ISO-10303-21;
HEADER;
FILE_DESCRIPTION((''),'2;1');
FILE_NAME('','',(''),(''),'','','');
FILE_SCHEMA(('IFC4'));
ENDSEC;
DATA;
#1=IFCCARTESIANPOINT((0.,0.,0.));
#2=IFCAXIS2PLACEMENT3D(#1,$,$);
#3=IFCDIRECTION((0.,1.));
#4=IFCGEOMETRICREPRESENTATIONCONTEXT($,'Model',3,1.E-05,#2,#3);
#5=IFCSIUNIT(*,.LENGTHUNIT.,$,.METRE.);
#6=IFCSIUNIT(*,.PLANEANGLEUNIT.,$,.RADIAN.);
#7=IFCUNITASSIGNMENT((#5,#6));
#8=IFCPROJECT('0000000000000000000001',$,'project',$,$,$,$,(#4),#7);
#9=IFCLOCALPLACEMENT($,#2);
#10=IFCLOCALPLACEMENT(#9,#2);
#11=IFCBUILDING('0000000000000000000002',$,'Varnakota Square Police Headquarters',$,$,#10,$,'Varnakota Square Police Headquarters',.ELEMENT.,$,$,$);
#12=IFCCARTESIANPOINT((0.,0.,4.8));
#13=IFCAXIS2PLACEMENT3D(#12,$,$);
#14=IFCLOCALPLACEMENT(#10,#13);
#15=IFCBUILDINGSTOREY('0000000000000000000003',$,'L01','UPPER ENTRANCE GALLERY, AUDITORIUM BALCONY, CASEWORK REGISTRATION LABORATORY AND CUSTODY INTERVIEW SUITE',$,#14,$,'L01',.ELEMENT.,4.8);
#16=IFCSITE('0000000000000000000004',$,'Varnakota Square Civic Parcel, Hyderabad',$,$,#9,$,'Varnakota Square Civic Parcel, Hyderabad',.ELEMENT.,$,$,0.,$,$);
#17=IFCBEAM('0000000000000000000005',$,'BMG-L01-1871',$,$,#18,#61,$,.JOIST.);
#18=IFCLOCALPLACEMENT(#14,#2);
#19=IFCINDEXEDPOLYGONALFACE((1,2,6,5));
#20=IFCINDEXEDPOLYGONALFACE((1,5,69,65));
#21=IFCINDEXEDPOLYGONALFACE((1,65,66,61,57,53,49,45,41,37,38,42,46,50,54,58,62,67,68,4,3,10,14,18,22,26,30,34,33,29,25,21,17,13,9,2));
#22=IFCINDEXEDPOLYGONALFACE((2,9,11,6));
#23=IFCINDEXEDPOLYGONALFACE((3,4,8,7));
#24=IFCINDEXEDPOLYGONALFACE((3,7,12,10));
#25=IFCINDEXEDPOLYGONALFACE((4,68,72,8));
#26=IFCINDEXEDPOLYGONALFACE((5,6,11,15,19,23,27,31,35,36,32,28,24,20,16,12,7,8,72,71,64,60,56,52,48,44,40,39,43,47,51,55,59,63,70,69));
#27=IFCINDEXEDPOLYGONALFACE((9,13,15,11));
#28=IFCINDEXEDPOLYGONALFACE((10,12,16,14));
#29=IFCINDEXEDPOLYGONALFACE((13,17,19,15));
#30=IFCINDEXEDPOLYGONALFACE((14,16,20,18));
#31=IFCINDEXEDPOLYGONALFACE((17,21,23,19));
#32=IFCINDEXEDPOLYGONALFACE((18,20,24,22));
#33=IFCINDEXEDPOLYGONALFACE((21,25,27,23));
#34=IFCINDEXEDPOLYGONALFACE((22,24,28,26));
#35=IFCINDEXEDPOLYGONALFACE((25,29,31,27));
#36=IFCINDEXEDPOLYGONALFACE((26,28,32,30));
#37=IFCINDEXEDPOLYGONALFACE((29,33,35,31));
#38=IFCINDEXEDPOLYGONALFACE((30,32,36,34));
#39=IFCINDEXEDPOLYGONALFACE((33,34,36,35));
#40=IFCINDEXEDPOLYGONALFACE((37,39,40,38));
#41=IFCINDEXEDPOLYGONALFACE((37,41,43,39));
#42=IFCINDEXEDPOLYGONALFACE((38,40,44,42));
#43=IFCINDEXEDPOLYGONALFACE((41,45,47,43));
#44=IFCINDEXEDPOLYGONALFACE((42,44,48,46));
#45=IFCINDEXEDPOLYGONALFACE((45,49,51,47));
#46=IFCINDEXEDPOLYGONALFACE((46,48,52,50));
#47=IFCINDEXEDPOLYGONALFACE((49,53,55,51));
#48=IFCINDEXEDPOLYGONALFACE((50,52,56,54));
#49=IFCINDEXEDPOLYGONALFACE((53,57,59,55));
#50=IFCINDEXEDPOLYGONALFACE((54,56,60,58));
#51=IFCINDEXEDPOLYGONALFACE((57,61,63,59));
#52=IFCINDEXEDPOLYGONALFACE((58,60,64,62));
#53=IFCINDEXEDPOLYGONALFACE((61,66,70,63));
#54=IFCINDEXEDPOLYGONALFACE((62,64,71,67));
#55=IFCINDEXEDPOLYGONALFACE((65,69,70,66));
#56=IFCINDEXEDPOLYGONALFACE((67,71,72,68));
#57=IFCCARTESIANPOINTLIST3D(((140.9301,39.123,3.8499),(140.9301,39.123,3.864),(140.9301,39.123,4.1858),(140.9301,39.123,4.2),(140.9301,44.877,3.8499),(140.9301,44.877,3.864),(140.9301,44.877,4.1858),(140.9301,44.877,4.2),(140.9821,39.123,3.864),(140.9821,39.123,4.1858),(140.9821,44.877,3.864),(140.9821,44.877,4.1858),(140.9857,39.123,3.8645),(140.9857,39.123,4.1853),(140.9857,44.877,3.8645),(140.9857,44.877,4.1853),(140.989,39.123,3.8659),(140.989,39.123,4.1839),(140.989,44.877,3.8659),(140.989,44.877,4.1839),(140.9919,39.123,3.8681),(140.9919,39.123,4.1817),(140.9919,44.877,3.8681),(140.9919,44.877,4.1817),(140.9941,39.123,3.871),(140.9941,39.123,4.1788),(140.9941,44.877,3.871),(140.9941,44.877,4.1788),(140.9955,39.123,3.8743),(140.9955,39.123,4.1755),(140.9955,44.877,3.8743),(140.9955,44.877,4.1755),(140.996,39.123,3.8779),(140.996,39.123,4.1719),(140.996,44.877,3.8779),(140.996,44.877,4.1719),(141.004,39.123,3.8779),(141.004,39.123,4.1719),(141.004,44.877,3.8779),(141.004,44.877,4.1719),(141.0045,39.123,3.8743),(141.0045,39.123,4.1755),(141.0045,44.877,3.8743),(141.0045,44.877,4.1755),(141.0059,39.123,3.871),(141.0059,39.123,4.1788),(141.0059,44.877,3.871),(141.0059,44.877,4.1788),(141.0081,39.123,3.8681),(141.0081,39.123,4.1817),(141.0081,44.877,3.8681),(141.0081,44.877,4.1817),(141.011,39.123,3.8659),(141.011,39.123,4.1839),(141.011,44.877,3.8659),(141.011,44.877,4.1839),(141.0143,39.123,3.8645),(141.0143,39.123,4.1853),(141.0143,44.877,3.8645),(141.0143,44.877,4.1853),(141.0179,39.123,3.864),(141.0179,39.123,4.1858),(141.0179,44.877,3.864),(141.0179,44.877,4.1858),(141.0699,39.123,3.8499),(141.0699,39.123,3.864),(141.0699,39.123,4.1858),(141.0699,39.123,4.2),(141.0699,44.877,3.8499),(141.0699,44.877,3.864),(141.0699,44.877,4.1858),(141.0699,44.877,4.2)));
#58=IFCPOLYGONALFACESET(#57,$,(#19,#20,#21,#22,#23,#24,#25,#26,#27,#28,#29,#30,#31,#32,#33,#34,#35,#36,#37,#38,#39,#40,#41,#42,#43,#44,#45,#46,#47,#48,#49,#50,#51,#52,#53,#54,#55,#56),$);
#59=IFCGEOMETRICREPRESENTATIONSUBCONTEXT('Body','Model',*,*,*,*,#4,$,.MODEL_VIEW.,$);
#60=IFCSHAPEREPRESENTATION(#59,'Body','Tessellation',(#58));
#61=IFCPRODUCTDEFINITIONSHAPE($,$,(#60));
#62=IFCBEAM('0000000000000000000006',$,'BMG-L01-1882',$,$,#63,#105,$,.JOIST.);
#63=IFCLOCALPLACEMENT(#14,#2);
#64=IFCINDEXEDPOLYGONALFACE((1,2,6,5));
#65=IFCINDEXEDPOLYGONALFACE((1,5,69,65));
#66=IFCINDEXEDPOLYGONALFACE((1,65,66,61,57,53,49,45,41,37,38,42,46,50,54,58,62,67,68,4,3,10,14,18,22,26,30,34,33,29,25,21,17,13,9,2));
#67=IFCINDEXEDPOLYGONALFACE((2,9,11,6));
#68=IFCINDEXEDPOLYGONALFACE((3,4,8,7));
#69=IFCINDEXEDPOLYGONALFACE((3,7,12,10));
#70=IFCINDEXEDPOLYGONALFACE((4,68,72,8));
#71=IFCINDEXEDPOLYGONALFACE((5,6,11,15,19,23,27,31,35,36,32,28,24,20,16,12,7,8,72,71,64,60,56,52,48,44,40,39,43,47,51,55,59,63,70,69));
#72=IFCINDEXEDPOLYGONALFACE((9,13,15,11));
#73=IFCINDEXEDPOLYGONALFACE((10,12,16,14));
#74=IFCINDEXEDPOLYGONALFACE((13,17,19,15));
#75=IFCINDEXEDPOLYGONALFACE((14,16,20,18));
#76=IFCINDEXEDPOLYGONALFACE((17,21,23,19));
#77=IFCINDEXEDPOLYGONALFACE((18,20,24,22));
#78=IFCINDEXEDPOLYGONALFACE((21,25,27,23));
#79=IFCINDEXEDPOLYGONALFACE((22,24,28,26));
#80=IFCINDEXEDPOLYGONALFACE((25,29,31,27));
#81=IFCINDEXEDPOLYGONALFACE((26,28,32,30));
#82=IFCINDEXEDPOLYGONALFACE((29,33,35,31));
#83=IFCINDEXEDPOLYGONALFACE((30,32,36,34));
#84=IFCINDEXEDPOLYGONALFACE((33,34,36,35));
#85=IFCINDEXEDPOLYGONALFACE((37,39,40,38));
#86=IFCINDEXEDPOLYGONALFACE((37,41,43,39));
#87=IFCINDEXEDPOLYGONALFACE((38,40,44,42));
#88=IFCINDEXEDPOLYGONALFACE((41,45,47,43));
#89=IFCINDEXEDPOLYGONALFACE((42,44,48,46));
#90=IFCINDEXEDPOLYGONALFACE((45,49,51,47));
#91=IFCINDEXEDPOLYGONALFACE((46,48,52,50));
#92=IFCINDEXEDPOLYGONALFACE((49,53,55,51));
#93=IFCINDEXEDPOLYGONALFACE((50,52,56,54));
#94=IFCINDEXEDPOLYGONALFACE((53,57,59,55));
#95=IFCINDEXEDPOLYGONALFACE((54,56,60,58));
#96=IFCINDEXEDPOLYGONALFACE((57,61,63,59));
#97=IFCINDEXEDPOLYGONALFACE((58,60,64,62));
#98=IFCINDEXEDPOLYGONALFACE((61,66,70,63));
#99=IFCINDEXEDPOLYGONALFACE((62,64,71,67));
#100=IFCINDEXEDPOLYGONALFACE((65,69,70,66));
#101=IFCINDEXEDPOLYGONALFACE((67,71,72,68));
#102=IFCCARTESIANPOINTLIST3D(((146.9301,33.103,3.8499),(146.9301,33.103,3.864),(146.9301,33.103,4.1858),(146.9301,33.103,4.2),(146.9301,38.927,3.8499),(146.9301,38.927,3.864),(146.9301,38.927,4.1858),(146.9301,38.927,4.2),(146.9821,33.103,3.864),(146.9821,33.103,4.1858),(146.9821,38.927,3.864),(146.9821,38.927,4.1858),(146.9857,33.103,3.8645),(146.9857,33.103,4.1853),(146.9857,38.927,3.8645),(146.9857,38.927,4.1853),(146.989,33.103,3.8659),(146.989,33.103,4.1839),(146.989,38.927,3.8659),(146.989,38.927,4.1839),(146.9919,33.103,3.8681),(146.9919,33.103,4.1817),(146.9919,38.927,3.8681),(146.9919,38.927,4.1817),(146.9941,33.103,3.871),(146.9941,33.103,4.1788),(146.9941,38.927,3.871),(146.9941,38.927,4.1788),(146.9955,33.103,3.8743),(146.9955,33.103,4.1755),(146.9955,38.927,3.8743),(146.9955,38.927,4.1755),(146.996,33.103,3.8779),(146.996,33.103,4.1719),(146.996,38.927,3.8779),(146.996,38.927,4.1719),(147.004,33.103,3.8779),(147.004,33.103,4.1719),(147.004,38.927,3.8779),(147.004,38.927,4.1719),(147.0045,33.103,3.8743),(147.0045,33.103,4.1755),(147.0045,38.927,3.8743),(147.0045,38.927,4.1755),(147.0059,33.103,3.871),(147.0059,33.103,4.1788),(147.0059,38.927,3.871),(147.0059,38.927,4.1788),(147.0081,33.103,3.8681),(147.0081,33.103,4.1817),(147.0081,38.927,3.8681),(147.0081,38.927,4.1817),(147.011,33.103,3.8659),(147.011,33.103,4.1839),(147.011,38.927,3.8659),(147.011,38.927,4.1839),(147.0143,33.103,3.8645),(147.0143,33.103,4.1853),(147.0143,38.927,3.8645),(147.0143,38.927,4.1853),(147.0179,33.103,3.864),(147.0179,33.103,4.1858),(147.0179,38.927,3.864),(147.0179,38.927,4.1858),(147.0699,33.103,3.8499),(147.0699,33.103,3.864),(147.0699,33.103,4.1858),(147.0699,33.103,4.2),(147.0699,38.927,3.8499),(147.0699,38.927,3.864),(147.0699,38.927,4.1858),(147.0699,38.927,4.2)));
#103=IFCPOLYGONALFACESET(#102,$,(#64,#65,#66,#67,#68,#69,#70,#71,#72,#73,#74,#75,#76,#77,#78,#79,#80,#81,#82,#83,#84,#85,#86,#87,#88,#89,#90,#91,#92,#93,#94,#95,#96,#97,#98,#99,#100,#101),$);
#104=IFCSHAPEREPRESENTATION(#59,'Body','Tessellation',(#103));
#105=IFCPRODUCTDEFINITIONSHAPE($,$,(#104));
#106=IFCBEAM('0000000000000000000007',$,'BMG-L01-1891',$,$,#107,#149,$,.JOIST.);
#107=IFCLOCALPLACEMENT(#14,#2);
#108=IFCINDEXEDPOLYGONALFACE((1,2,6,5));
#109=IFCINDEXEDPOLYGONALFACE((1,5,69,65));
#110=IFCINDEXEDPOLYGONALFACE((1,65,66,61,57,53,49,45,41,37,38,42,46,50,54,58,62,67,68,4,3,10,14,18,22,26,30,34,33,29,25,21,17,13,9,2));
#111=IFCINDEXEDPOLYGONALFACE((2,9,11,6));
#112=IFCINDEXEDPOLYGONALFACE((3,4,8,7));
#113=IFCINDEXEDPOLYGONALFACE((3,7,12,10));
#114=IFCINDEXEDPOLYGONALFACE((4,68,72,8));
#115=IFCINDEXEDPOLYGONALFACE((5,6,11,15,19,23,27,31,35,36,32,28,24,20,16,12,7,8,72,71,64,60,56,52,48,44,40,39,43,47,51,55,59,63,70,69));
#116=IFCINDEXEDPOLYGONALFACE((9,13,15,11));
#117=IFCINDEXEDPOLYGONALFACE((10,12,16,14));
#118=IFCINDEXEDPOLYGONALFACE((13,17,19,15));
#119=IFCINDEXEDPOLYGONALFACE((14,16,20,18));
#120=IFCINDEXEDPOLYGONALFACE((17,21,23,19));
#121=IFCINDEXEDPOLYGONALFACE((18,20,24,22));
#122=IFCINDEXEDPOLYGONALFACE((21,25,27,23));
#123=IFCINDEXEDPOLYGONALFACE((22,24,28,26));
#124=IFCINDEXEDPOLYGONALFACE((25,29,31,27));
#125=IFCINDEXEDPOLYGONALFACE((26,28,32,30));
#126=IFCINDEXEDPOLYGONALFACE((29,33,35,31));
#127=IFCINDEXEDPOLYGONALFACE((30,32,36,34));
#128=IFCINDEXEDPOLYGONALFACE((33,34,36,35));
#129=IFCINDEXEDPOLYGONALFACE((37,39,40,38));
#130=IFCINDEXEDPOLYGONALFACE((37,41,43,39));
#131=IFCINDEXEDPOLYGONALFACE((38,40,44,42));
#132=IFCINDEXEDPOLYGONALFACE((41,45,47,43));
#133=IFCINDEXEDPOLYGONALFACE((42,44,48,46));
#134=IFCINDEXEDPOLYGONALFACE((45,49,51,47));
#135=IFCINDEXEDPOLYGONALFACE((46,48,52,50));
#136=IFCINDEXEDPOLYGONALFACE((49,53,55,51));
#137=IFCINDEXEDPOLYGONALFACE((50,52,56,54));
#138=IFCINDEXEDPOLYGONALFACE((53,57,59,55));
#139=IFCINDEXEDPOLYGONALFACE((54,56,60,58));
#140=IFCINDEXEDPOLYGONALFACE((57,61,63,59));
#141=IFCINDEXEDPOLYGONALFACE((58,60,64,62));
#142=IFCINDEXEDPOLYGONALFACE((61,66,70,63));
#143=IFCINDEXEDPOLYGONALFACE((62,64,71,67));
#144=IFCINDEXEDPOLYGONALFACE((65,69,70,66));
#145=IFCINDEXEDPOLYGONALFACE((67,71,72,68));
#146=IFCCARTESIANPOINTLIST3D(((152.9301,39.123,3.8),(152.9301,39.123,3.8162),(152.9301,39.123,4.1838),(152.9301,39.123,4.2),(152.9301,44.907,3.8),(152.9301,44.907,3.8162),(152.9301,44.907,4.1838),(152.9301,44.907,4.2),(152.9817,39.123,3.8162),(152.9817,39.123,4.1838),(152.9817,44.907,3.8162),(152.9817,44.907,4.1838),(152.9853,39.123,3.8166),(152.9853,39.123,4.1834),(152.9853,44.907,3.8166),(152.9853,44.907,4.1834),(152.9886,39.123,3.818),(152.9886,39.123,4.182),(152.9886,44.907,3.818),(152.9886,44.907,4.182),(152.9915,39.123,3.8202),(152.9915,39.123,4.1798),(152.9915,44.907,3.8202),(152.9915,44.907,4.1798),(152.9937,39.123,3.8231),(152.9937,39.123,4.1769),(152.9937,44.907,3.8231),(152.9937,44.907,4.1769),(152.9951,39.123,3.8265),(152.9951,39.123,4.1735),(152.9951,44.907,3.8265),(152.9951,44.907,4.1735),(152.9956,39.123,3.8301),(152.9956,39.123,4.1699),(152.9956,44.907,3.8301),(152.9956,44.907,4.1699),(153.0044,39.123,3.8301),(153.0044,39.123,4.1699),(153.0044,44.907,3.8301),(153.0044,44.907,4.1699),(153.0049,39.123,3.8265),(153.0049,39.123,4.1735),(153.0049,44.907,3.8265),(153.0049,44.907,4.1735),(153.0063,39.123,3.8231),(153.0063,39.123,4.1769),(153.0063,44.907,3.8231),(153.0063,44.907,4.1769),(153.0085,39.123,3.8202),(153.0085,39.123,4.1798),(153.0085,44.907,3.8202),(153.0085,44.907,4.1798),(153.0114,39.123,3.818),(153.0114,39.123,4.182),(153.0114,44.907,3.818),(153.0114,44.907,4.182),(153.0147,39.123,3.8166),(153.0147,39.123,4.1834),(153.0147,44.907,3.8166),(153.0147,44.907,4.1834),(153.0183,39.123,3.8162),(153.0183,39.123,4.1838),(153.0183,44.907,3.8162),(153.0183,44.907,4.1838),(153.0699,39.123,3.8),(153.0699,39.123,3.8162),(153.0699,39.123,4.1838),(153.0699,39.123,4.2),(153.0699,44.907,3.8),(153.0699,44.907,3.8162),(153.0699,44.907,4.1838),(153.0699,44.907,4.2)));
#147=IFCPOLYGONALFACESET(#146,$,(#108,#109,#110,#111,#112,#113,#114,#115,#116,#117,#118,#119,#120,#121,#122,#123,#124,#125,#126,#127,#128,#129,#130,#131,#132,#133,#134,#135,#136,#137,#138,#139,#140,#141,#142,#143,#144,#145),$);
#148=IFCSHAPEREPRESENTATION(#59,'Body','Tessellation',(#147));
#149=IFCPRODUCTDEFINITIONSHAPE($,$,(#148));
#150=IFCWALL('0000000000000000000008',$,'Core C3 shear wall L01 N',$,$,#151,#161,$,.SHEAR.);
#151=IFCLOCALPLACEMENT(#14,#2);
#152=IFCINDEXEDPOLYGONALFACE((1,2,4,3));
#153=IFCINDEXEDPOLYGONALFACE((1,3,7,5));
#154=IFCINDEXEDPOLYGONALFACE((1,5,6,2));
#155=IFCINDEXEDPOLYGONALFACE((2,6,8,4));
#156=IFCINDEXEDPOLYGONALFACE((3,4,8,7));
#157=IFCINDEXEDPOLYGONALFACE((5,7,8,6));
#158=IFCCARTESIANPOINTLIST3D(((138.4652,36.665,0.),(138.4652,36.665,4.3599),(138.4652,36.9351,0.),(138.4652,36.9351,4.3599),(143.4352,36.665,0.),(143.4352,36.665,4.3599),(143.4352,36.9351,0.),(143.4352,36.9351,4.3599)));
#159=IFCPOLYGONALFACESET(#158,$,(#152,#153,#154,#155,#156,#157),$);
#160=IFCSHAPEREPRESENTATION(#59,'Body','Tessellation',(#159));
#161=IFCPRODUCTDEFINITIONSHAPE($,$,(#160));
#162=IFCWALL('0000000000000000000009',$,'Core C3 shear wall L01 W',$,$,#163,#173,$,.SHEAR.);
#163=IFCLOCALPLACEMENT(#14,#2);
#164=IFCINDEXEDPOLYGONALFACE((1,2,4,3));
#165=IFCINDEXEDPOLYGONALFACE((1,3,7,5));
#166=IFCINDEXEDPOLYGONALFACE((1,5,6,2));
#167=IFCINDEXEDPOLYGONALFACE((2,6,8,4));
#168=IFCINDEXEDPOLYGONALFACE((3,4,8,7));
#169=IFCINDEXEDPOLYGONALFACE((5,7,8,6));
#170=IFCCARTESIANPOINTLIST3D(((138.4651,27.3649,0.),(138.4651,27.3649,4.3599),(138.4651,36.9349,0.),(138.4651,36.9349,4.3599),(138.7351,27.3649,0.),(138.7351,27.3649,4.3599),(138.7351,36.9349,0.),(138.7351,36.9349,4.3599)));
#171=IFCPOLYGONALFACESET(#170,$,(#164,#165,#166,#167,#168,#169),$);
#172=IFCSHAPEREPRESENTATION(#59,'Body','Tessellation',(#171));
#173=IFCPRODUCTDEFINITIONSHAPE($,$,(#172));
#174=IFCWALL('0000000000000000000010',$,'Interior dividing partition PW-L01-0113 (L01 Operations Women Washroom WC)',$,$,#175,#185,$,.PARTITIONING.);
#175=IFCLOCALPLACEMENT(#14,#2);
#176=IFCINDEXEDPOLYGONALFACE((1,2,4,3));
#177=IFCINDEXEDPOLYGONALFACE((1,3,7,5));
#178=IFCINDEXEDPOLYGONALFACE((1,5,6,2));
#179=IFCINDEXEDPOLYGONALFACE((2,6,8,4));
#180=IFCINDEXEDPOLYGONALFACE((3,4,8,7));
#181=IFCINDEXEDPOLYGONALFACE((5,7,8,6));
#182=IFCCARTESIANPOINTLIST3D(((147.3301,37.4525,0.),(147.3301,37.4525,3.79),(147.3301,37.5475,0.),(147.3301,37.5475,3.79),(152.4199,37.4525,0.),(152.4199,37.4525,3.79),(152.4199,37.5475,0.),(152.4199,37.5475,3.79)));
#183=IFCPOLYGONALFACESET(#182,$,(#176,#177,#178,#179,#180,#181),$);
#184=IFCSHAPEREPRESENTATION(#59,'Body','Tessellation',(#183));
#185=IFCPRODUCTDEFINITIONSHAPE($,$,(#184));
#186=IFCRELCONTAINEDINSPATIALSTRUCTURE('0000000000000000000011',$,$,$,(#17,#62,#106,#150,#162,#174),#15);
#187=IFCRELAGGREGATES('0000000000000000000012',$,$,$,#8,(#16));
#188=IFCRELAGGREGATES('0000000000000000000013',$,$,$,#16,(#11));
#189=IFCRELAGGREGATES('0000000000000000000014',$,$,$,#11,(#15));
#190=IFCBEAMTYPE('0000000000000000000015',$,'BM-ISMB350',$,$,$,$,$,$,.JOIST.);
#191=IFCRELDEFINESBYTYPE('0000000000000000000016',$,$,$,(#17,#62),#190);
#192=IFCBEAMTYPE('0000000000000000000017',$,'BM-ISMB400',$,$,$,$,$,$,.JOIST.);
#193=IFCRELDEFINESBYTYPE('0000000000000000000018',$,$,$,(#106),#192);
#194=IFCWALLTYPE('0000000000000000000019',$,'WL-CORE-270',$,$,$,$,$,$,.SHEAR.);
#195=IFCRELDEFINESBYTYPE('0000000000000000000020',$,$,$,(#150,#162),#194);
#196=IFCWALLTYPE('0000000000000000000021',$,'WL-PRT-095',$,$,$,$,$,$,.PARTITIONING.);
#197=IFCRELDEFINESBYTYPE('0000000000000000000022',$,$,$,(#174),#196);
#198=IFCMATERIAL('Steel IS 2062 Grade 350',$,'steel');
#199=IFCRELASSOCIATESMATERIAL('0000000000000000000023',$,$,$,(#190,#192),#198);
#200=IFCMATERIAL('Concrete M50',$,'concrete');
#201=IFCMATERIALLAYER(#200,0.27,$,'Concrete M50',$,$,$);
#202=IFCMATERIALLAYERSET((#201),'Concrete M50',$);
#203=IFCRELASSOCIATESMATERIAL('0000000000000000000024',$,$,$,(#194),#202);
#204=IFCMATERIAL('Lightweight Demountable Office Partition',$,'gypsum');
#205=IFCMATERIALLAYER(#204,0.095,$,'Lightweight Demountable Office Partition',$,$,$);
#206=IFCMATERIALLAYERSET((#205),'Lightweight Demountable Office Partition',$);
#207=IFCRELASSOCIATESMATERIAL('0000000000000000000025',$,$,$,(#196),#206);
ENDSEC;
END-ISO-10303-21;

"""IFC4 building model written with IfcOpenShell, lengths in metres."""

from ifc_helpers import new_model, si_unit, direction, frame, frame_2d, origin, origin_2d, place, context, subcontext, project, spatial, rectangle, i_section, extrude, material, layer, layer_set, material_profile, profile_set, type_object, element, save


model = new_model("IFC4")

# Units and contexts
model_context = context("Model", 3, precision=1e-05, world=origin(), true_north=direction((0.0, 1.0)))
body_context = subcontext(model_context, "Body", "Model", "MODEL_VIEW")
ifc_project = project(units=[si_unit("LENGTHUNIT", "METRE"), si_unit("PLANEANGLEUNIT", "RADIAN")], contexts=[model_context])

# Site, building, storey
site_placement = place(None, origin())
site = spatial("IfcSite", under=ifc_project, at=site_placement, Name="Varnakota Square Civic Parcel, Hyderabad", LongName="Varnakota Square Civic Parcel, Hyderabad", CompositionType="ELEMENT", RefElevation=0.0)
building_placement = place(site_placement, origin())
building = spatial("IfcBuilding", under=site, at=building_placement, Name="Varnakota Square Police Headquarters", LongName="Varnakota Square Police Headquarters", CompositionType="ELEMENT")
storey_placement = place(building_placement, frame((0.0, 0.0, 4.8)))
storey = spatial("IfcBuildingStorey", under=building, at=storey_placement, Name="L01", Description="UPPER ENTRANCE GALLERY, AUDITORIUM BALCONY, CASEWORK REGISTRATION LABORATORY AND CUSTODY INTERVIEW SUITE", LongName="L01", CompositionType="ELEMENT", Elevation=4.8)

# Shared definitions
ifc_material_1 = material(Name="Steel IS 2062 Grade 350", Category="steel")

# Beams
ifc_material_profile_1 = material_profile(ifc_material_1, i_section(OverallWidth=0.1399, OverallDepth=0.3501, WebThickness=0.0081, FlangeThickness=0.0142, FilletRadius=0.0139, at=origin_2d()), Name="ISMB 350")
ifc_profile_set_1 = profile_set([ifc_material_profile_1], Name="Steel IS 2062 Grade 350")
beam_type_1 = type_object("IfcBeamType", Name="BM-ISMB350", PredefinedType="JOIST", material=ifc_profile_set_1)
beam_1_placement = place(storey_placement, frame((141.0, 39.123, 4.0249), z_axis=(0.0, 1.0, 0.0), x_axis=(-1.0, 0.0, 0.0)))
element("IfcBeam", 1, at=beam_1_placement, inside=storey, type_object=beam_type_1, Name="BMG-L01-1871", PredefinedType="JOIST", context=body_context, shape_type="SweptSolid", body=[
    extrude(i_section(OverallWidth=0.1399, OverallDepth=0.3501, WebThickness=0.0081, FlangeThickness=0.0142, FilletRadius=0.0139, at=origin_2d()), origin(), (0.0, 0.0, 1.0), 5.7539),
])
beam_2_placement = place(storey_placement, frame((147.0, 33.103, 4.0249), z_axis=(0.0, 1.0, 0.0), x_axis=(-1.0, 0.0, 0.0)))
element("IfcBeam", 2, at=beam_2_placement, inside=storey, type_object=beam_type_1, Name="BMG-L01-1882", PredefinedType="JOIST", context=body_context, shape_type="SweptSolid", body=[
    extrude(i_section(OverallWidth=0.1399, OverallDepth=0.3501, WebThickness=0.0081, FlangeThickness=0.0142, FilletRadius=0.0139, at=origin_2d()), origin(), (0.0, 0.0, 1.0), 5.824),
])
ifc_material_profile_2 = material_profile(ifc_material_1, i_section(OverallWidth=0.1399, OverallDepth=0.3999, WebThickness=0.0088, FlangeThickness=0.0161, FilletRadius=0.0139, at=origin_2d()), Name="ISMB 400")
ifc_profile_set_2 = profile_set([ifc_material_profile_2], Name="Steel IS 2062 Grade 350")
beam_type_2 = type_object("IfcBeamType", Name="BM-ISMB400", PredefinedType="JOIST", material=ifc_profile_set_2)
beam_3_placement = place(storey_placement, frame((153.0, 39.123, 4.0), z_axis=(0.0, 1.0, 0.0), x_axis=(-1.0, 0.0, 0.0)))
element("IfcBeam", 3, at=beam_3_placement, inside=storey, type_object=beam_type_2, Name="BMG-L01-1891", PredefinedType="JOIST", context=body_context, shape_type="SweptSolid", body=[
    extrude(i_section(OverallWidth=0.1399, OverallDepth=0.3999, WebThickness=0.0088, FlangeThickness=0.0161, FilletRadius=0.0139, at=origin_2d()), origin(), (0.0, 0.0, 1.0), 5.7839),
])

# Walls
ifc_material_2 = material(Name="Concrete M50", Category="concrete")
ifc_layer_1 = layer(ifc_material_2, 0.27, Name="Concrete M50")
ifc_layer_set_1 = layer_set([ifc_layer_1], Name="Concrete M50")
wall_type_1 = type_object("IfcWallType", Name="WL-CORE-270", PredefinedType="SHEAR", material=ifc_layer_set_1)
wall_1_placement = place(storey_placement, frame((143.4351, 36.8, 0.0), z_axis=(0.0, 0.0, 1.0), x_axis=(-1.0, 0.0, 0.0)))
element("IfcWall", 4, at=wall_1_placement, inside=storey, type_object=wall_type_1, Name="Core C3 shear wall L01 N", PredefinedType="SHEAR", context=body_context, shape_type="SweptSolid", body=[
    extrude(rectangle(XDim=4.97, YDim=0.27, at=frame_2d((2.4849, 0.0))), origin(), (0.0, 0.0, 1.0), 4.3599),
])
wall_2_placement = place(storey_placement, frame((138.6001, 36.9351, 0.0), z_axis=(0.0, 0.0, 1.0), x_axis=(0.0, -1.0, 0.0)))
element("IfcWall", 5, at=wall_2_placement, inside=storey, type_object=wall_type_1, Name="Core C3 shear wall L01 W", PredefinedType="SHEAR", context=body_context, shape_type="SweptSolid", body=[
    extrude(rectangle(XDim=9.5701, YDim=0.27, at=frame_2d((4.7852, 0.0))), origin(), (0.0, 0.0, 1.0), 4.3599),
])
ifc_material_3 = material(Name="Lightweight Demountable Office Partition", Category="gypsum")
ifc_layer_2 = layer(ifc_material_3, 0.095, Name="Lightweight Demountable Office Partition")
ifc_layer_set_2 = layer_set([ifc_layer_2], Name="Lightweight Demountable Office Partition")
wall_type_2 = type_object("IfcWallType", Name="WL-PRT-095", PredefinedType="PARTITIONING", material=ifc_layer_set_2)
wall_3_placement = place(storey_placement, frame((152.4199, 37.5, 0.0), z_axis=(0.0, 0.0, 1.0), x_axis=(-1.0, 0.0, 0.0)))
element("IfcWall", 6, at=wall_3_placement, inside=storey, type_object=wall_type_2, Name="Interior dividing partition PW-L01-0113 (L01 Operations Women Washroom WC)", PredefinedType="PARTITIONING", context=body_context, shape_type="SweptSolid", body=[
    extrude(rectangle(XDim=5.0898, YDim=0.095, at=frame_2d((2.5449, 0.0))), origin(), (0.0, 0.0, 1.0), 3.79),
])

save(model, "model.ifc")
